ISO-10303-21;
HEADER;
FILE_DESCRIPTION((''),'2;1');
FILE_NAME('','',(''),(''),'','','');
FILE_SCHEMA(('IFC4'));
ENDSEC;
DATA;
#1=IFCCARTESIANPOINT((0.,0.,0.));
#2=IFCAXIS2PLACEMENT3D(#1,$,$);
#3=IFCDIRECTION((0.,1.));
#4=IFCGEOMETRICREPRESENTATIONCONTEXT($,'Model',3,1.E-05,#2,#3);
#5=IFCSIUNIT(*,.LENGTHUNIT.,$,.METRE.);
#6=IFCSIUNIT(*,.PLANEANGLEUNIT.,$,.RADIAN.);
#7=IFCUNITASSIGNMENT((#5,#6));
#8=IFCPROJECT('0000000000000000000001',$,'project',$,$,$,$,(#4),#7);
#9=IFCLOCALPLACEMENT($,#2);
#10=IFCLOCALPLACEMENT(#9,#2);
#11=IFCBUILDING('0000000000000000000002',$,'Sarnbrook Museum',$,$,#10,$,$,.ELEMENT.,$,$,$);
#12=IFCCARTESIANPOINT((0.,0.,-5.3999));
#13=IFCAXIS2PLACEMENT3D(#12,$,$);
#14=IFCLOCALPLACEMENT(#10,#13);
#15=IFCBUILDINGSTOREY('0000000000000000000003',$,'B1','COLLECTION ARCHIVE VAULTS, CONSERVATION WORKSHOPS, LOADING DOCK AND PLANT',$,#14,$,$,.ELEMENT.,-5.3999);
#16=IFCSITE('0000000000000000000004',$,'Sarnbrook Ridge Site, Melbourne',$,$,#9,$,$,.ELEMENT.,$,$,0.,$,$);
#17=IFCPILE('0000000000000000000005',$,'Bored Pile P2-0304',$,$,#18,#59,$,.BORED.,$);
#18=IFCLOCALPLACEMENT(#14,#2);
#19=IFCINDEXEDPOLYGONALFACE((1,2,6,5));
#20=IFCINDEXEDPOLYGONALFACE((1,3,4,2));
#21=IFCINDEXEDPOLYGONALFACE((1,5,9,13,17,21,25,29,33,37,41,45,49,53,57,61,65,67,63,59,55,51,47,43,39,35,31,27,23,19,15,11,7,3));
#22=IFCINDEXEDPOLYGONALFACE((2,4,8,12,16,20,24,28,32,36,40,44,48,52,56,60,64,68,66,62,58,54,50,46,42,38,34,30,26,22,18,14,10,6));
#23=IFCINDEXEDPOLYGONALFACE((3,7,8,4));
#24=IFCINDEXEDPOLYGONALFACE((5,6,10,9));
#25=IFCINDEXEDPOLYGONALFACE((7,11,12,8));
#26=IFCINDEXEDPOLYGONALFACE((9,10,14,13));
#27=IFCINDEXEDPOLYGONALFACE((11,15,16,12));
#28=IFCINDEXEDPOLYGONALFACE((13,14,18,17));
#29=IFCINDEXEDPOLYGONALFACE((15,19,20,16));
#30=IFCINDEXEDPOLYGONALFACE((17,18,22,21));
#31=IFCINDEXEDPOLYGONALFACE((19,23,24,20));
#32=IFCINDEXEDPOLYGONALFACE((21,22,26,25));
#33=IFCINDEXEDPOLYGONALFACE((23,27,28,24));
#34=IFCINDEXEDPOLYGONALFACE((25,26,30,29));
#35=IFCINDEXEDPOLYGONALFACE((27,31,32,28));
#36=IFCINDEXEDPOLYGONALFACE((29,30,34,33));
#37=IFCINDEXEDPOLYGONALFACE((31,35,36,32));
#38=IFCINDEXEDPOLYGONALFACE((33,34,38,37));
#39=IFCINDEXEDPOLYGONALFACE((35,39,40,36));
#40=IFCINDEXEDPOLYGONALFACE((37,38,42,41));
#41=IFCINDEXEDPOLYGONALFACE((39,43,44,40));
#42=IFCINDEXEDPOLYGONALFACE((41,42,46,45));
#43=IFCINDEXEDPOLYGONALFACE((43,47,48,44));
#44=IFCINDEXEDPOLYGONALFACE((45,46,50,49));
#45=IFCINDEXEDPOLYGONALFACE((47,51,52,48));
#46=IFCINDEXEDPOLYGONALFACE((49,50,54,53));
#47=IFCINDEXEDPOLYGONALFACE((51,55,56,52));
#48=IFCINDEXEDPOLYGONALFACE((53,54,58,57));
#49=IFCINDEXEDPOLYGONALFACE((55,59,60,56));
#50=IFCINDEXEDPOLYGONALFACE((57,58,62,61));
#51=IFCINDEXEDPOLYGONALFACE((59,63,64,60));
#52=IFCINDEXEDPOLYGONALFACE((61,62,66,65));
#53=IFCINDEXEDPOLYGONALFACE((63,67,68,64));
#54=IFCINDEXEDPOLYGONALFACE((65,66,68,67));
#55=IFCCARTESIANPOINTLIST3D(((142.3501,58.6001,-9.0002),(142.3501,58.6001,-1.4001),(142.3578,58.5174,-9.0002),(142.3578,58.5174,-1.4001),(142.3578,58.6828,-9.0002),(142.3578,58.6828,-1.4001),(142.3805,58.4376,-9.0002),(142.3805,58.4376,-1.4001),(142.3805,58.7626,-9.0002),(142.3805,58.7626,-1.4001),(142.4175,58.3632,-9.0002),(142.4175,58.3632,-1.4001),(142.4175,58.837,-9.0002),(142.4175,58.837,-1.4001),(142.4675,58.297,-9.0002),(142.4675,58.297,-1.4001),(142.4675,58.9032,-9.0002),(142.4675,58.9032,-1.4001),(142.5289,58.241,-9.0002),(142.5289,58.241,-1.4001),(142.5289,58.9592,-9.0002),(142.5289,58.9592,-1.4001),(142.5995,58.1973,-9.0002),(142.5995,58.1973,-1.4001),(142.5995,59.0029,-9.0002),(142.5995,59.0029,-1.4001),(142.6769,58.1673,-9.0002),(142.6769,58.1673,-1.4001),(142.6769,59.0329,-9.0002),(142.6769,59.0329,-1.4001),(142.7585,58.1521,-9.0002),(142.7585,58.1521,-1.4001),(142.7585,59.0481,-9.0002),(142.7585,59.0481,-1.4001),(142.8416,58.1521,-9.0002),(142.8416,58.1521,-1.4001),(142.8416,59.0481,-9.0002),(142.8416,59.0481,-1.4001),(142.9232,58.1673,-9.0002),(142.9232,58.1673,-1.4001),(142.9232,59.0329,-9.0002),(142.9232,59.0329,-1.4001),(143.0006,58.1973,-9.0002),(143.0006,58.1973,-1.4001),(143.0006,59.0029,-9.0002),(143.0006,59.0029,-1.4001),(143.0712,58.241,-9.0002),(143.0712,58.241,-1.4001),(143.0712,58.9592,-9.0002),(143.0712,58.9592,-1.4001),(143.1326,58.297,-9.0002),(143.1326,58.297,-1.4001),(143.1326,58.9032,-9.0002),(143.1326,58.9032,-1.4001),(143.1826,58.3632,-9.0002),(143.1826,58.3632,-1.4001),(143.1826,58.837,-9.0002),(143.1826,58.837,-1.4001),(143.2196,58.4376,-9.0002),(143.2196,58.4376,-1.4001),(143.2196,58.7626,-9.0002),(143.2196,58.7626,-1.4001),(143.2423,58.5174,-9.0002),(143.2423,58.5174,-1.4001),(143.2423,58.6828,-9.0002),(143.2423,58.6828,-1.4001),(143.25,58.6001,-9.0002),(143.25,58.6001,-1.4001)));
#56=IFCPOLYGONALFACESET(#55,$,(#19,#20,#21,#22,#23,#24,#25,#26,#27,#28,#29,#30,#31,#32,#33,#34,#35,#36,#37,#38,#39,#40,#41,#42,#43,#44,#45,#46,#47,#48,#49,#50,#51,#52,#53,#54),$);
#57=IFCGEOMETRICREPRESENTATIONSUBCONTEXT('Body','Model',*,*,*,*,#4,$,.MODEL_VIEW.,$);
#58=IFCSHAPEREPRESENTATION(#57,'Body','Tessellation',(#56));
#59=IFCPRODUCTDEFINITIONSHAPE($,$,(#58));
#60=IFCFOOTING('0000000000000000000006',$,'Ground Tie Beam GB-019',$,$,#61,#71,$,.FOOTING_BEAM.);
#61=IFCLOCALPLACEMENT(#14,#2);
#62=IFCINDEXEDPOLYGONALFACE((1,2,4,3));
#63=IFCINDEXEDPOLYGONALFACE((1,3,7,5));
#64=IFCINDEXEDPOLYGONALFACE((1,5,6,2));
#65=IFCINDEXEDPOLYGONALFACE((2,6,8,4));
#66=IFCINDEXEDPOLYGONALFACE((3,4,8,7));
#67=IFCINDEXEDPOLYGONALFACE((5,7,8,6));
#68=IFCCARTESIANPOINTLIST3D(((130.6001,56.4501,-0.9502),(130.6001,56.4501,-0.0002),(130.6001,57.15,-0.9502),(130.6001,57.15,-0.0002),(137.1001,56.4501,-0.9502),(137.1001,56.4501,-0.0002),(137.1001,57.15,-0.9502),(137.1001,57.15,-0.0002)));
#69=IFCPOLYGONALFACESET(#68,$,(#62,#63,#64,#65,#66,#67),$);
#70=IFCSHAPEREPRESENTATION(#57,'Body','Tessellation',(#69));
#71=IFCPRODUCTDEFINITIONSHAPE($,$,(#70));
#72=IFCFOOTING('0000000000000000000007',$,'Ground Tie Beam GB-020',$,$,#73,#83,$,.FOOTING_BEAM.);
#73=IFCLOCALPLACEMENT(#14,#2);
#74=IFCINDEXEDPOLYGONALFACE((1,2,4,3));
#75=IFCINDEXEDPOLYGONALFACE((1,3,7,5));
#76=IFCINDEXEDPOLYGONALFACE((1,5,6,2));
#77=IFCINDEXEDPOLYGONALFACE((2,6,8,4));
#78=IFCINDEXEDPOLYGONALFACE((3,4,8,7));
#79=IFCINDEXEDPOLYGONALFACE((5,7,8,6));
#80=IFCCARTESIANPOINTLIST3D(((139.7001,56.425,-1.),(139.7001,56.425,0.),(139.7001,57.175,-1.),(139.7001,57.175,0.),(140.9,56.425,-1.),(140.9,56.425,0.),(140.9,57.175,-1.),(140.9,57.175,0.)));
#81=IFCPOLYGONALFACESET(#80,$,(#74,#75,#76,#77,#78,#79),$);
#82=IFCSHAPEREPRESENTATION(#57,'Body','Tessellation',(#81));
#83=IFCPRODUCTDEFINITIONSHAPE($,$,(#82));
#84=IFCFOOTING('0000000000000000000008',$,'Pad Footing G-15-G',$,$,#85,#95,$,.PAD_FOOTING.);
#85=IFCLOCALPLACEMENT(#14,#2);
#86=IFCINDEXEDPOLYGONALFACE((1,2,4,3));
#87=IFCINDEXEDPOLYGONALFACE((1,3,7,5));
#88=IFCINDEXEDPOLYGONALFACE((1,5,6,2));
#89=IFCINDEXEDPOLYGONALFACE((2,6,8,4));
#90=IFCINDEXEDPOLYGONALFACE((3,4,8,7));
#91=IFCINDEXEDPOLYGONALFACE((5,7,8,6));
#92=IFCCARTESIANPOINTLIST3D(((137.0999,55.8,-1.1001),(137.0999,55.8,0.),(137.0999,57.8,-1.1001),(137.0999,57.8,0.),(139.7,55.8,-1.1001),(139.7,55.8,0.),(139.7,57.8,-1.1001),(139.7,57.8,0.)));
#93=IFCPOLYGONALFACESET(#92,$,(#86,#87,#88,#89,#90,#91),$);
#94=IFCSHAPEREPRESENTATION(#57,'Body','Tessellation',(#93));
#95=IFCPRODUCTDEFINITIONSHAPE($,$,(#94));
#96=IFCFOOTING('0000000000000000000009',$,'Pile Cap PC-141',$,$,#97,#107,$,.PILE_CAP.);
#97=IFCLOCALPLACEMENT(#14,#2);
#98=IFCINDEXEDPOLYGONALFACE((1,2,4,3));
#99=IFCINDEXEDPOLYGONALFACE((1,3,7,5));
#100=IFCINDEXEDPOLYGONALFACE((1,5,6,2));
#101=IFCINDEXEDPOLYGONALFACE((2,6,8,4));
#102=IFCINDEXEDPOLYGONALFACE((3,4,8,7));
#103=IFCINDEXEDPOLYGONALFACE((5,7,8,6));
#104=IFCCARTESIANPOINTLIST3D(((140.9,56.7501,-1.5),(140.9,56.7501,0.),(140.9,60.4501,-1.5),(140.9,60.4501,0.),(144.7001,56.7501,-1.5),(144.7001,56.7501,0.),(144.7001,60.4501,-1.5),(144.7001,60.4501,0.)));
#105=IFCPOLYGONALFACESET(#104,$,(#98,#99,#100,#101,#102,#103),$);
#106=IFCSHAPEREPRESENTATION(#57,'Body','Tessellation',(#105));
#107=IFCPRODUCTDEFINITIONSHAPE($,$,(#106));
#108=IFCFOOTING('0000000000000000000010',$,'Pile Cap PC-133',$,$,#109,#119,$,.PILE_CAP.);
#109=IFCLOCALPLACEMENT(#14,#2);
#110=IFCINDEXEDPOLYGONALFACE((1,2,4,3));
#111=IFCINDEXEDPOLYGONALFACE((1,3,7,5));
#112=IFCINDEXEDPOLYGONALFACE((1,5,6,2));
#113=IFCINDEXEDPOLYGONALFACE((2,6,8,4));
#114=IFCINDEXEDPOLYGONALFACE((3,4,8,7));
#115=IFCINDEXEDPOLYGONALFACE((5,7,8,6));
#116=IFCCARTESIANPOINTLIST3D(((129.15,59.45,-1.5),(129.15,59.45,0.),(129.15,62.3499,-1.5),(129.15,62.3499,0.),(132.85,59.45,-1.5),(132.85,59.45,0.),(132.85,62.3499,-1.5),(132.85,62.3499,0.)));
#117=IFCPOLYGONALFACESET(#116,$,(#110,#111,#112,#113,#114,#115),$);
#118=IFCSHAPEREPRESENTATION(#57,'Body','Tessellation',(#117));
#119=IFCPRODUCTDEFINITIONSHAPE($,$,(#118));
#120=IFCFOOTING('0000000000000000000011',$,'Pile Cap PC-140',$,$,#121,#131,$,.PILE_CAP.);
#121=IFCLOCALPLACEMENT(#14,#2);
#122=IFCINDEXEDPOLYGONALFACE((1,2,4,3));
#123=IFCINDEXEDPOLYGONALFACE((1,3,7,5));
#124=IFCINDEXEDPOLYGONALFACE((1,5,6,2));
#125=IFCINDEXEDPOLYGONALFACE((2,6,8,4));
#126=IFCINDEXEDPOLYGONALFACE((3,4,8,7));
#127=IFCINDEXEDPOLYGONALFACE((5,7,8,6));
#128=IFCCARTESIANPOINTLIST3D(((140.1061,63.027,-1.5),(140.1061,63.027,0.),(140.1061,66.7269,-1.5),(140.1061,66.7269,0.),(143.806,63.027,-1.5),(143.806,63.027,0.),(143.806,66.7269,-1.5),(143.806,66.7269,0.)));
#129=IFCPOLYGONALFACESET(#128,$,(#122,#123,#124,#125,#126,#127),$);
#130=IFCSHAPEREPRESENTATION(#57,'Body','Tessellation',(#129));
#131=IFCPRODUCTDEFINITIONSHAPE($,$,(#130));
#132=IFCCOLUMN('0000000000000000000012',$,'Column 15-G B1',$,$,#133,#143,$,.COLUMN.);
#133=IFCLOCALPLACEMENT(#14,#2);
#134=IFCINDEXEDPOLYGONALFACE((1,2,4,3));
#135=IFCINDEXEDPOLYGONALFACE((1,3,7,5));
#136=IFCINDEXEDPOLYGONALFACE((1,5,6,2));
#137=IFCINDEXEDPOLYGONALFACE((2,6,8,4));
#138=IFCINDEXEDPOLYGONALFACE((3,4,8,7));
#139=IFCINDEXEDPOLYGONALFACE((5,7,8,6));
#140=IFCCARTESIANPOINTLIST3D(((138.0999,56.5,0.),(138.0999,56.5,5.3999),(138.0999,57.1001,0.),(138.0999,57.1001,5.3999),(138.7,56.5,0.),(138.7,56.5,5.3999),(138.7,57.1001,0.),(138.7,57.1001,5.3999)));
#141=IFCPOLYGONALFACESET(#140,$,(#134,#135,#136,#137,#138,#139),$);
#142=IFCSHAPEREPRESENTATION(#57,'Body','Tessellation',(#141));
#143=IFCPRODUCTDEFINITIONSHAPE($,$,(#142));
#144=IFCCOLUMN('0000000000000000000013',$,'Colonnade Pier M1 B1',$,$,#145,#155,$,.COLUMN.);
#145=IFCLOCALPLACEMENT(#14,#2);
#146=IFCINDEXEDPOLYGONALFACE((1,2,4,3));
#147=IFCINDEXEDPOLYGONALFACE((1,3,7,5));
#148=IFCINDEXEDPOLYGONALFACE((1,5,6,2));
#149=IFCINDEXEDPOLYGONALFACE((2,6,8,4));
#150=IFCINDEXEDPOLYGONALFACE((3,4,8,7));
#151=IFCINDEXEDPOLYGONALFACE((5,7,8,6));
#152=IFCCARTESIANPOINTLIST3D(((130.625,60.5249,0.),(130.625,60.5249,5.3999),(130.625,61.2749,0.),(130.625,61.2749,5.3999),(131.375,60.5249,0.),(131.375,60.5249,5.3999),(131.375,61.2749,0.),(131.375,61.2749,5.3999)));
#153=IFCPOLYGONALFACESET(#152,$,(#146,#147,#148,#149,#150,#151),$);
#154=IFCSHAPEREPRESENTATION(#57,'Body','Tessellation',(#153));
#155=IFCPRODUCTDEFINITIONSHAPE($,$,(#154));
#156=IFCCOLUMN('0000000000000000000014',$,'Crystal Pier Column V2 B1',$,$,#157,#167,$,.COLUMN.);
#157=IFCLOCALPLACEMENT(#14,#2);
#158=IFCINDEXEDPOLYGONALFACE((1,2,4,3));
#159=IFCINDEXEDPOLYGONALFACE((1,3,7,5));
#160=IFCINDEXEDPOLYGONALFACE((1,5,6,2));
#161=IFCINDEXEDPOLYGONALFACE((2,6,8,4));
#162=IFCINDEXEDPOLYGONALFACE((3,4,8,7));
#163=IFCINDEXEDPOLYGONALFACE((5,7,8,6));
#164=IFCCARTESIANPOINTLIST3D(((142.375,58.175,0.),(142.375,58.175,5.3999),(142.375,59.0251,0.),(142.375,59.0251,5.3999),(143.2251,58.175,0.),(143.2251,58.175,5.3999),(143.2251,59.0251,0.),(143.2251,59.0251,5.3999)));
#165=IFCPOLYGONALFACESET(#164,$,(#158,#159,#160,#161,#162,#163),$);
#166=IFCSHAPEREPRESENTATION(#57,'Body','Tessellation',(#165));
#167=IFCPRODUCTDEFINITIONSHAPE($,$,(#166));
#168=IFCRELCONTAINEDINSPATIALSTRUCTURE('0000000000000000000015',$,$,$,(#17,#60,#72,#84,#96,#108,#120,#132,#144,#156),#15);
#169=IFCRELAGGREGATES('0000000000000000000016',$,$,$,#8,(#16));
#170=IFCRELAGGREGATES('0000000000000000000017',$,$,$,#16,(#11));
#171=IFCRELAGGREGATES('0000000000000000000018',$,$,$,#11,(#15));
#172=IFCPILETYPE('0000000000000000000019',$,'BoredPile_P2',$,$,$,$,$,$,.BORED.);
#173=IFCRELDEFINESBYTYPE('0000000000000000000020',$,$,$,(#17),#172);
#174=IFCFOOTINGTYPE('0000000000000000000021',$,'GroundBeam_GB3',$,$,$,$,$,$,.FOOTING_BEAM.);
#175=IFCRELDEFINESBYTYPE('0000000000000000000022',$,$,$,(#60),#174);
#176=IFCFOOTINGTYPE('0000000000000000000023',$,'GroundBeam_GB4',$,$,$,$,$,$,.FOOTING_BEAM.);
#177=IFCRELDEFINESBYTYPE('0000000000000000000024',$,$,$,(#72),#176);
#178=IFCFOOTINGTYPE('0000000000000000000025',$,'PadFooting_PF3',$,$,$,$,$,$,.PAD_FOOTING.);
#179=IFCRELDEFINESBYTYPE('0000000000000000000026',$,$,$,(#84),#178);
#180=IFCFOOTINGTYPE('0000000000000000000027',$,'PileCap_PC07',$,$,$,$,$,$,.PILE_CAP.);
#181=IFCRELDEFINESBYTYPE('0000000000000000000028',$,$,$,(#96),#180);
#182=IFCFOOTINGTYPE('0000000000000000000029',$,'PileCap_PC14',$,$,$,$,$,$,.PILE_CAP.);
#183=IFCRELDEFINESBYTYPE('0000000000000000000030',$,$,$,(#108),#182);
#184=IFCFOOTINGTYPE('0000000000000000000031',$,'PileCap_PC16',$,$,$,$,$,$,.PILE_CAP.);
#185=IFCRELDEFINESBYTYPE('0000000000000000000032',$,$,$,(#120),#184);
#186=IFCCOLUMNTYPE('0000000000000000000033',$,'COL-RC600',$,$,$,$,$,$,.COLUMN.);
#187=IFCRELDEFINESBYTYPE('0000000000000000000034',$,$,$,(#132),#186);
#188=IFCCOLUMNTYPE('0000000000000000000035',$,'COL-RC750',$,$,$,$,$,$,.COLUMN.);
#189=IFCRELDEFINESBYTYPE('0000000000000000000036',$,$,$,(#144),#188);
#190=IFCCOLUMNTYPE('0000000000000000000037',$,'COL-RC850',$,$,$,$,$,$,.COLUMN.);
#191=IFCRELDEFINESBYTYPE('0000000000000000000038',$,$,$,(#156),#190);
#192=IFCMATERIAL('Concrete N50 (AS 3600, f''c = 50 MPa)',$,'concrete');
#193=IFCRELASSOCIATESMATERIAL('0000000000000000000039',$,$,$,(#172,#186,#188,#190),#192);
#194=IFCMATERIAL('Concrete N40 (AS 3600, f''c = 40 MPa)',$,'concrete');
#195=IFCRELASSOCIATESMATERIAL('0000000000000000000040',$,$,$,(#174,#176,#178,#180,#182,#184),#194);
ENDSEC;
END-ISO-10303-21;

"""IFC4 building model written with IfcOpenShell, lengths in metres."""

from ifc_helpers import new_model, si_unit, direction, frame, origin, origin_2d, place, context, subcontext, project, spatial, rectangle, circle, extrude, material, material_profile, profile_set, type_object, element, save


model = new_model("IFC4")

# Units and contexts
model_context = context("Model", 3, precision=1e-05, world=origin(), true_north=direction((0.0, 1.0)))
body_context = subcontext(model_context, "Body", "Model", "MODEL_VIEW")
ifc_project = project(units=[si_unit("LENGTHUNIT", "METRE"), si_unit("PLANEANGLEUNIT", "RADIAN")], contexts=[model_context])

# Site, building, storey
site_placement = place(None, origin())
site = spatial("IfcSite", under=ifc_project, at=site_placement, Name="Sarnbrook Ridge Site, Melbourne", CompositionType="ELEMENT", RefElevation=0.0)
building_placement = place(site_placement, origin())
building = spatial("IfcBuilding", under=site, at=building_placement, Name="Sarnbrook Museum", CompositionType="ELEMENT")
storey_placement = place(building_placement, frame((0.0, 0.0, -5.3999)))
storey = spatial("IfcBuildingStorey", under=building, at=storey_placement, Name="B1", Description="COLLECTION ARCHIVE VAULTS, CONSERVATION WORKSHOPS, LOADING DOCK AND PLANT", CompositionType="ELEMENT", Elevation=-5.3999)

# Pile
ifc_material_1 = material(Name="Concrete N50 (AS 3600, f'c = 50 MPa)", Category="concrete")
ifc_material_profile_1 = material_profile(ifc_material_1, circle(Radius=0.45, at=origin_2d()), Name="BORED PILE D900")
ifc_profile_set_1 = profile_set([ifc_material_profile_1], Name="Concrete N50 (AS 3600, f'c = 50 MPa)")
pile_type_1 = type_object("IfcPileType", Name="BoredPile_P2", PredefinedType="BORED", material=ifc_profile_set_1)
for number, where, z_axis, x_axis, name in (
    (1, (142.8, 58.6001, -1.4001), (0.0, 0.0, -1.0), (1.0, 0.0, 0.0), "Bored Pile P2-0304"),
):
    element("IfcPile", number, at=place(storey_placement, frame(where, z_axis=z_axis, x_axis=x_axis)), inside=storey, type_object=pile_type_1, Name=name, PredefinedType="BORED", context=body_context, shape_type="SweptSolid", body=[
        extrude(circle(Radius=0.45, at=origin_2d()), origin(), (0.0, 0.0, 1.0), 7.6001),
    ])

# Footings
ifc_material_2 = material(Name="Concrete N40 (AS 3600, f'c = 40 MPa)", Category="concrete")
footing_type_1 = type_object("IfcFootingType", Name="GroundBeam_GB3", PredefinedType="FOOTING_BEAM", material=ifc_material_2)
footing_1_placement = place(storey_placement, frame((133.8501, 56.8, -0.9502), z_axis=(0.0, 0.0, 1.0), x_axis=(1.0, 0.0, 0.0)))
element("IfcFooting", 2, at=footing_1_placement, inside=storey, type_object=footing_type_1, Name="Ground Tie Beam GB-019", PredefinedType="FOOTING_BEAM", context=body_context, shape_type="SweptSolid", body=[
    extrude(rectangle(XDim=6.5, YDim=0.7, at=origin_2d()), origin(), (0.0, 0.0, 1.0), 0.95),
])
footing_type_2 = type_object("IfcFootingType", Name="GroundBeam_GB4", PredefinedType="FOOTING_BEAM", material=ifc_material_2)
footing_2_placement = place(storey_placement, frame((140.3, 56.8, -1.0), z_axis=(0.0, 0.0, 1.0), x_axis=(1.0, 0.0, 0.0)))
element("IfcFooting", 3, at=footing_2_placement, inside=storey, type_object=footing_type_2, Name="Ground Tie Beam GB-020", PredefinedType="FOOTING_BEAM", context=body_context, shape_type="SweptSolid", body=[
    extrude(rectangle(XDim=1.2, YDim=0.75, at=origin_2d()), origin(), (0.0, 0.0, 1.0), 1.0),
])
footing_type_3 = type_object("IfcFootingType", Name="PadFooting_PF3", PredefinedType="PAD_FOOTING", material=ifc_material_2)
footing_3_placement = place(storey_placement, frame((138.3999, 56.8, -1.1001), z_axis=(0.0, 0.0, 1.0), x_axis=(1.0, 0.0, 0.0)))
element("IfcFooting", 4, at=footing_3_placement, inside=storey, type_object=footing_type_3, Name="Pad Footing G-15-G", PredefinedType="PAD_FOOTING", context=body_context, shape_type="SweptSolid", body=[
    extrude(rectangle(XDim=2.6001, YDim=2.0, at=origin_2d()), origin(), (0.0, 0.0, 1.0), 1.1001),
])
footing_type_4 = type_object("IfcFootingType", Name="PileCap_PC07", PredefinedType="PILE_CAP", material=ifc_material_2)
footing_4_placement = place(storey_placement, frame((142.8, 58.6001, -1.5), z_axis=(0.0, 0.0, 1.0), x_axis=(1.0, 0.0, 0.0)))
element("IfcFooting", 5, at=footing_4_placement, inside=storey, type_object=footing_type_4, Name="Pile Cap PC-141", PredefinedType="PILE_CAP", context=body_context, shape_type="SweptSolid", body=[
    extrude(rectangle(XDim=3.8, YDim=3.7, at=origin_2d()), origin(), (0.0, 0.0, 1.0), 1.5),
])
footing_type_5 = type_object("IfcFootingType", Name="PileCap_PC14", PredefinedType="PILE_CAP", material=ifc_material_2)
footing_5_placement = place(storey_placement, frame((131.0, 60.8999, -1.5), z_axis=(0.0, 0.0, 1.0), x_axis=(1.0, 0.0, 0.0)))
element("IfcFooting", 6, at=footing_5_placement, inside=storey, type_object=footing_type_5, Name="Pile Cap PC-133", PredefinedType="PILE_CAP", context=body_context, shape_type="SweptSolid", body=[
    extrude(rectangle(XDim=3.7, YDim=2.8999, at=origin_2d()), origin(), (0.0, 0.0, 1.0), 1.5),
])
footing_type_6 = type_object("IfcFootingType", Name="PileCap_PC16", PredefinedType="PILE_CAP", material=ifc_material_2)
footing_6_placement = place(storey_placement, frame((141.9561, 64.877, -1.5), z_axis=(0.0, 0.0, 1.0), x_axis=(1.0, 0.0, 0.0)))
element("IfcFooting", 7, at=footing_6_placement, inside=storey, type_object=footing_type_6, Name="Pile Cap PC-140", PredefinedType="PILE_CAP", context=body_context, shape_type="SweptSolid", body=[
    extrude(rectangle(XDim=3.7, YDim=3.7, at=origin_2d()), origin(), (0.0, 0.0, 1.0), 1.5),
])

# Columns
ifc_material_profile_2 = material_profile(ifc_material_1, rectangle(XDim=0.6001, YDim=0.6001, at=origin_2d()), Name="RC 600x600")
ifc_profile_set_2 = profile_set([ifc_material_profile_2], Name="Concrete N50 (AS 3600, f'c = 50 MPa)")
column_type_1 = type_object("IfcColumnType", Name="COL-RC600", PredefinedType="COLUMN", material=ifc_profile_set_2)
column_1_placement = place(storey_placement, frame((138.3999, 56.8, 0.0), z_axis=(0.0, 0.0, 1.0), x_axis=(1.0, 0.0, 0.0)))
element("IfcColumn", 8, at=column_1_placement, inside=storey, type_object=column_type_1, Name="Column 15-G B1", PredefinedType="COLUMN", context=body_context, shape_type="SweptSolid", body=[
    extrude(rectangle(XDim=0.6001, YDim=0.6001, at=origin_2d()), origin(), (0.0, 0.0, 1.0), 5.3999),
])
ifc_material_profile_3 = material_profile(ifc_material_1, rectangle(XDim=0.75, YDim=0.75, at=origin_2d()), Name="RC 750x750")
ifc_profile_set_3 = profile_set([ifc_material_profile_3], Name="Concrete N50 (AS 3600, f'c = 50 MPa)")
column_type_2 = type_object("IfcColumnType", Name="COL-RC750", PredefinedType="COLUMN", material=ifc_profile_set_3)
column_2_placement = place(storey_placement, frame((131.0, 60.8999, 0.0), z_axis=(0.0, 0.0, 1.0), x_axis=(1.0, 0.0, 0.0)))
element("IfcColumn", 9, at=column_2_placement, inside=storey, type_object=column_type_2, Name="Colonnade Pier M1 B1", PredefinedType="COLUMN", context=body_context, shape_type="SweptSolid", body=[
    extrude(rectangle(XDim=0.75, YDim=0.75, at=origin_2d()), origin(), (0.0, 0.0, 1.0), 5.3999),
])
ifc_material_profile_4 = material_profile(ifc_material_1, rectangle(XDim=0.8501, YDim=0.8501, at=origin_2d()), Name="RC 850x850")
ifc_profile_set_4 = profile_set([ifc_material_profile_4], Name="Concrete N50 (AS 3600, f'c = 50 MPa)")
column_type_3 = type_object("IfcColumnType", Name="COL-RC850", PredefinedType="COLUMN", material=ifc_profile_set_4)
column_3_placement = place(storey_placement, frame((142.8, 58.6001, 0.0), z_axis=(0.0, 0.0, 1.0), x_axis=(1.0, 0.0, 0.0)))
element("IfcColumn", 10, at=column_3_placement, inside=storey, type_object=column_type_3, Name="Crystal Pier Column V2 B1", PredefinedType="COLUMN", context=body_context, shape_type="SweptSolid", body=[
    extrude(rectangle(XDim=0.8501, YDim=0.8501, at=origin_2d()), origin(), (0.0, 0.0, 1.0), 5.3999),
])

save(model, "model.ifc")
